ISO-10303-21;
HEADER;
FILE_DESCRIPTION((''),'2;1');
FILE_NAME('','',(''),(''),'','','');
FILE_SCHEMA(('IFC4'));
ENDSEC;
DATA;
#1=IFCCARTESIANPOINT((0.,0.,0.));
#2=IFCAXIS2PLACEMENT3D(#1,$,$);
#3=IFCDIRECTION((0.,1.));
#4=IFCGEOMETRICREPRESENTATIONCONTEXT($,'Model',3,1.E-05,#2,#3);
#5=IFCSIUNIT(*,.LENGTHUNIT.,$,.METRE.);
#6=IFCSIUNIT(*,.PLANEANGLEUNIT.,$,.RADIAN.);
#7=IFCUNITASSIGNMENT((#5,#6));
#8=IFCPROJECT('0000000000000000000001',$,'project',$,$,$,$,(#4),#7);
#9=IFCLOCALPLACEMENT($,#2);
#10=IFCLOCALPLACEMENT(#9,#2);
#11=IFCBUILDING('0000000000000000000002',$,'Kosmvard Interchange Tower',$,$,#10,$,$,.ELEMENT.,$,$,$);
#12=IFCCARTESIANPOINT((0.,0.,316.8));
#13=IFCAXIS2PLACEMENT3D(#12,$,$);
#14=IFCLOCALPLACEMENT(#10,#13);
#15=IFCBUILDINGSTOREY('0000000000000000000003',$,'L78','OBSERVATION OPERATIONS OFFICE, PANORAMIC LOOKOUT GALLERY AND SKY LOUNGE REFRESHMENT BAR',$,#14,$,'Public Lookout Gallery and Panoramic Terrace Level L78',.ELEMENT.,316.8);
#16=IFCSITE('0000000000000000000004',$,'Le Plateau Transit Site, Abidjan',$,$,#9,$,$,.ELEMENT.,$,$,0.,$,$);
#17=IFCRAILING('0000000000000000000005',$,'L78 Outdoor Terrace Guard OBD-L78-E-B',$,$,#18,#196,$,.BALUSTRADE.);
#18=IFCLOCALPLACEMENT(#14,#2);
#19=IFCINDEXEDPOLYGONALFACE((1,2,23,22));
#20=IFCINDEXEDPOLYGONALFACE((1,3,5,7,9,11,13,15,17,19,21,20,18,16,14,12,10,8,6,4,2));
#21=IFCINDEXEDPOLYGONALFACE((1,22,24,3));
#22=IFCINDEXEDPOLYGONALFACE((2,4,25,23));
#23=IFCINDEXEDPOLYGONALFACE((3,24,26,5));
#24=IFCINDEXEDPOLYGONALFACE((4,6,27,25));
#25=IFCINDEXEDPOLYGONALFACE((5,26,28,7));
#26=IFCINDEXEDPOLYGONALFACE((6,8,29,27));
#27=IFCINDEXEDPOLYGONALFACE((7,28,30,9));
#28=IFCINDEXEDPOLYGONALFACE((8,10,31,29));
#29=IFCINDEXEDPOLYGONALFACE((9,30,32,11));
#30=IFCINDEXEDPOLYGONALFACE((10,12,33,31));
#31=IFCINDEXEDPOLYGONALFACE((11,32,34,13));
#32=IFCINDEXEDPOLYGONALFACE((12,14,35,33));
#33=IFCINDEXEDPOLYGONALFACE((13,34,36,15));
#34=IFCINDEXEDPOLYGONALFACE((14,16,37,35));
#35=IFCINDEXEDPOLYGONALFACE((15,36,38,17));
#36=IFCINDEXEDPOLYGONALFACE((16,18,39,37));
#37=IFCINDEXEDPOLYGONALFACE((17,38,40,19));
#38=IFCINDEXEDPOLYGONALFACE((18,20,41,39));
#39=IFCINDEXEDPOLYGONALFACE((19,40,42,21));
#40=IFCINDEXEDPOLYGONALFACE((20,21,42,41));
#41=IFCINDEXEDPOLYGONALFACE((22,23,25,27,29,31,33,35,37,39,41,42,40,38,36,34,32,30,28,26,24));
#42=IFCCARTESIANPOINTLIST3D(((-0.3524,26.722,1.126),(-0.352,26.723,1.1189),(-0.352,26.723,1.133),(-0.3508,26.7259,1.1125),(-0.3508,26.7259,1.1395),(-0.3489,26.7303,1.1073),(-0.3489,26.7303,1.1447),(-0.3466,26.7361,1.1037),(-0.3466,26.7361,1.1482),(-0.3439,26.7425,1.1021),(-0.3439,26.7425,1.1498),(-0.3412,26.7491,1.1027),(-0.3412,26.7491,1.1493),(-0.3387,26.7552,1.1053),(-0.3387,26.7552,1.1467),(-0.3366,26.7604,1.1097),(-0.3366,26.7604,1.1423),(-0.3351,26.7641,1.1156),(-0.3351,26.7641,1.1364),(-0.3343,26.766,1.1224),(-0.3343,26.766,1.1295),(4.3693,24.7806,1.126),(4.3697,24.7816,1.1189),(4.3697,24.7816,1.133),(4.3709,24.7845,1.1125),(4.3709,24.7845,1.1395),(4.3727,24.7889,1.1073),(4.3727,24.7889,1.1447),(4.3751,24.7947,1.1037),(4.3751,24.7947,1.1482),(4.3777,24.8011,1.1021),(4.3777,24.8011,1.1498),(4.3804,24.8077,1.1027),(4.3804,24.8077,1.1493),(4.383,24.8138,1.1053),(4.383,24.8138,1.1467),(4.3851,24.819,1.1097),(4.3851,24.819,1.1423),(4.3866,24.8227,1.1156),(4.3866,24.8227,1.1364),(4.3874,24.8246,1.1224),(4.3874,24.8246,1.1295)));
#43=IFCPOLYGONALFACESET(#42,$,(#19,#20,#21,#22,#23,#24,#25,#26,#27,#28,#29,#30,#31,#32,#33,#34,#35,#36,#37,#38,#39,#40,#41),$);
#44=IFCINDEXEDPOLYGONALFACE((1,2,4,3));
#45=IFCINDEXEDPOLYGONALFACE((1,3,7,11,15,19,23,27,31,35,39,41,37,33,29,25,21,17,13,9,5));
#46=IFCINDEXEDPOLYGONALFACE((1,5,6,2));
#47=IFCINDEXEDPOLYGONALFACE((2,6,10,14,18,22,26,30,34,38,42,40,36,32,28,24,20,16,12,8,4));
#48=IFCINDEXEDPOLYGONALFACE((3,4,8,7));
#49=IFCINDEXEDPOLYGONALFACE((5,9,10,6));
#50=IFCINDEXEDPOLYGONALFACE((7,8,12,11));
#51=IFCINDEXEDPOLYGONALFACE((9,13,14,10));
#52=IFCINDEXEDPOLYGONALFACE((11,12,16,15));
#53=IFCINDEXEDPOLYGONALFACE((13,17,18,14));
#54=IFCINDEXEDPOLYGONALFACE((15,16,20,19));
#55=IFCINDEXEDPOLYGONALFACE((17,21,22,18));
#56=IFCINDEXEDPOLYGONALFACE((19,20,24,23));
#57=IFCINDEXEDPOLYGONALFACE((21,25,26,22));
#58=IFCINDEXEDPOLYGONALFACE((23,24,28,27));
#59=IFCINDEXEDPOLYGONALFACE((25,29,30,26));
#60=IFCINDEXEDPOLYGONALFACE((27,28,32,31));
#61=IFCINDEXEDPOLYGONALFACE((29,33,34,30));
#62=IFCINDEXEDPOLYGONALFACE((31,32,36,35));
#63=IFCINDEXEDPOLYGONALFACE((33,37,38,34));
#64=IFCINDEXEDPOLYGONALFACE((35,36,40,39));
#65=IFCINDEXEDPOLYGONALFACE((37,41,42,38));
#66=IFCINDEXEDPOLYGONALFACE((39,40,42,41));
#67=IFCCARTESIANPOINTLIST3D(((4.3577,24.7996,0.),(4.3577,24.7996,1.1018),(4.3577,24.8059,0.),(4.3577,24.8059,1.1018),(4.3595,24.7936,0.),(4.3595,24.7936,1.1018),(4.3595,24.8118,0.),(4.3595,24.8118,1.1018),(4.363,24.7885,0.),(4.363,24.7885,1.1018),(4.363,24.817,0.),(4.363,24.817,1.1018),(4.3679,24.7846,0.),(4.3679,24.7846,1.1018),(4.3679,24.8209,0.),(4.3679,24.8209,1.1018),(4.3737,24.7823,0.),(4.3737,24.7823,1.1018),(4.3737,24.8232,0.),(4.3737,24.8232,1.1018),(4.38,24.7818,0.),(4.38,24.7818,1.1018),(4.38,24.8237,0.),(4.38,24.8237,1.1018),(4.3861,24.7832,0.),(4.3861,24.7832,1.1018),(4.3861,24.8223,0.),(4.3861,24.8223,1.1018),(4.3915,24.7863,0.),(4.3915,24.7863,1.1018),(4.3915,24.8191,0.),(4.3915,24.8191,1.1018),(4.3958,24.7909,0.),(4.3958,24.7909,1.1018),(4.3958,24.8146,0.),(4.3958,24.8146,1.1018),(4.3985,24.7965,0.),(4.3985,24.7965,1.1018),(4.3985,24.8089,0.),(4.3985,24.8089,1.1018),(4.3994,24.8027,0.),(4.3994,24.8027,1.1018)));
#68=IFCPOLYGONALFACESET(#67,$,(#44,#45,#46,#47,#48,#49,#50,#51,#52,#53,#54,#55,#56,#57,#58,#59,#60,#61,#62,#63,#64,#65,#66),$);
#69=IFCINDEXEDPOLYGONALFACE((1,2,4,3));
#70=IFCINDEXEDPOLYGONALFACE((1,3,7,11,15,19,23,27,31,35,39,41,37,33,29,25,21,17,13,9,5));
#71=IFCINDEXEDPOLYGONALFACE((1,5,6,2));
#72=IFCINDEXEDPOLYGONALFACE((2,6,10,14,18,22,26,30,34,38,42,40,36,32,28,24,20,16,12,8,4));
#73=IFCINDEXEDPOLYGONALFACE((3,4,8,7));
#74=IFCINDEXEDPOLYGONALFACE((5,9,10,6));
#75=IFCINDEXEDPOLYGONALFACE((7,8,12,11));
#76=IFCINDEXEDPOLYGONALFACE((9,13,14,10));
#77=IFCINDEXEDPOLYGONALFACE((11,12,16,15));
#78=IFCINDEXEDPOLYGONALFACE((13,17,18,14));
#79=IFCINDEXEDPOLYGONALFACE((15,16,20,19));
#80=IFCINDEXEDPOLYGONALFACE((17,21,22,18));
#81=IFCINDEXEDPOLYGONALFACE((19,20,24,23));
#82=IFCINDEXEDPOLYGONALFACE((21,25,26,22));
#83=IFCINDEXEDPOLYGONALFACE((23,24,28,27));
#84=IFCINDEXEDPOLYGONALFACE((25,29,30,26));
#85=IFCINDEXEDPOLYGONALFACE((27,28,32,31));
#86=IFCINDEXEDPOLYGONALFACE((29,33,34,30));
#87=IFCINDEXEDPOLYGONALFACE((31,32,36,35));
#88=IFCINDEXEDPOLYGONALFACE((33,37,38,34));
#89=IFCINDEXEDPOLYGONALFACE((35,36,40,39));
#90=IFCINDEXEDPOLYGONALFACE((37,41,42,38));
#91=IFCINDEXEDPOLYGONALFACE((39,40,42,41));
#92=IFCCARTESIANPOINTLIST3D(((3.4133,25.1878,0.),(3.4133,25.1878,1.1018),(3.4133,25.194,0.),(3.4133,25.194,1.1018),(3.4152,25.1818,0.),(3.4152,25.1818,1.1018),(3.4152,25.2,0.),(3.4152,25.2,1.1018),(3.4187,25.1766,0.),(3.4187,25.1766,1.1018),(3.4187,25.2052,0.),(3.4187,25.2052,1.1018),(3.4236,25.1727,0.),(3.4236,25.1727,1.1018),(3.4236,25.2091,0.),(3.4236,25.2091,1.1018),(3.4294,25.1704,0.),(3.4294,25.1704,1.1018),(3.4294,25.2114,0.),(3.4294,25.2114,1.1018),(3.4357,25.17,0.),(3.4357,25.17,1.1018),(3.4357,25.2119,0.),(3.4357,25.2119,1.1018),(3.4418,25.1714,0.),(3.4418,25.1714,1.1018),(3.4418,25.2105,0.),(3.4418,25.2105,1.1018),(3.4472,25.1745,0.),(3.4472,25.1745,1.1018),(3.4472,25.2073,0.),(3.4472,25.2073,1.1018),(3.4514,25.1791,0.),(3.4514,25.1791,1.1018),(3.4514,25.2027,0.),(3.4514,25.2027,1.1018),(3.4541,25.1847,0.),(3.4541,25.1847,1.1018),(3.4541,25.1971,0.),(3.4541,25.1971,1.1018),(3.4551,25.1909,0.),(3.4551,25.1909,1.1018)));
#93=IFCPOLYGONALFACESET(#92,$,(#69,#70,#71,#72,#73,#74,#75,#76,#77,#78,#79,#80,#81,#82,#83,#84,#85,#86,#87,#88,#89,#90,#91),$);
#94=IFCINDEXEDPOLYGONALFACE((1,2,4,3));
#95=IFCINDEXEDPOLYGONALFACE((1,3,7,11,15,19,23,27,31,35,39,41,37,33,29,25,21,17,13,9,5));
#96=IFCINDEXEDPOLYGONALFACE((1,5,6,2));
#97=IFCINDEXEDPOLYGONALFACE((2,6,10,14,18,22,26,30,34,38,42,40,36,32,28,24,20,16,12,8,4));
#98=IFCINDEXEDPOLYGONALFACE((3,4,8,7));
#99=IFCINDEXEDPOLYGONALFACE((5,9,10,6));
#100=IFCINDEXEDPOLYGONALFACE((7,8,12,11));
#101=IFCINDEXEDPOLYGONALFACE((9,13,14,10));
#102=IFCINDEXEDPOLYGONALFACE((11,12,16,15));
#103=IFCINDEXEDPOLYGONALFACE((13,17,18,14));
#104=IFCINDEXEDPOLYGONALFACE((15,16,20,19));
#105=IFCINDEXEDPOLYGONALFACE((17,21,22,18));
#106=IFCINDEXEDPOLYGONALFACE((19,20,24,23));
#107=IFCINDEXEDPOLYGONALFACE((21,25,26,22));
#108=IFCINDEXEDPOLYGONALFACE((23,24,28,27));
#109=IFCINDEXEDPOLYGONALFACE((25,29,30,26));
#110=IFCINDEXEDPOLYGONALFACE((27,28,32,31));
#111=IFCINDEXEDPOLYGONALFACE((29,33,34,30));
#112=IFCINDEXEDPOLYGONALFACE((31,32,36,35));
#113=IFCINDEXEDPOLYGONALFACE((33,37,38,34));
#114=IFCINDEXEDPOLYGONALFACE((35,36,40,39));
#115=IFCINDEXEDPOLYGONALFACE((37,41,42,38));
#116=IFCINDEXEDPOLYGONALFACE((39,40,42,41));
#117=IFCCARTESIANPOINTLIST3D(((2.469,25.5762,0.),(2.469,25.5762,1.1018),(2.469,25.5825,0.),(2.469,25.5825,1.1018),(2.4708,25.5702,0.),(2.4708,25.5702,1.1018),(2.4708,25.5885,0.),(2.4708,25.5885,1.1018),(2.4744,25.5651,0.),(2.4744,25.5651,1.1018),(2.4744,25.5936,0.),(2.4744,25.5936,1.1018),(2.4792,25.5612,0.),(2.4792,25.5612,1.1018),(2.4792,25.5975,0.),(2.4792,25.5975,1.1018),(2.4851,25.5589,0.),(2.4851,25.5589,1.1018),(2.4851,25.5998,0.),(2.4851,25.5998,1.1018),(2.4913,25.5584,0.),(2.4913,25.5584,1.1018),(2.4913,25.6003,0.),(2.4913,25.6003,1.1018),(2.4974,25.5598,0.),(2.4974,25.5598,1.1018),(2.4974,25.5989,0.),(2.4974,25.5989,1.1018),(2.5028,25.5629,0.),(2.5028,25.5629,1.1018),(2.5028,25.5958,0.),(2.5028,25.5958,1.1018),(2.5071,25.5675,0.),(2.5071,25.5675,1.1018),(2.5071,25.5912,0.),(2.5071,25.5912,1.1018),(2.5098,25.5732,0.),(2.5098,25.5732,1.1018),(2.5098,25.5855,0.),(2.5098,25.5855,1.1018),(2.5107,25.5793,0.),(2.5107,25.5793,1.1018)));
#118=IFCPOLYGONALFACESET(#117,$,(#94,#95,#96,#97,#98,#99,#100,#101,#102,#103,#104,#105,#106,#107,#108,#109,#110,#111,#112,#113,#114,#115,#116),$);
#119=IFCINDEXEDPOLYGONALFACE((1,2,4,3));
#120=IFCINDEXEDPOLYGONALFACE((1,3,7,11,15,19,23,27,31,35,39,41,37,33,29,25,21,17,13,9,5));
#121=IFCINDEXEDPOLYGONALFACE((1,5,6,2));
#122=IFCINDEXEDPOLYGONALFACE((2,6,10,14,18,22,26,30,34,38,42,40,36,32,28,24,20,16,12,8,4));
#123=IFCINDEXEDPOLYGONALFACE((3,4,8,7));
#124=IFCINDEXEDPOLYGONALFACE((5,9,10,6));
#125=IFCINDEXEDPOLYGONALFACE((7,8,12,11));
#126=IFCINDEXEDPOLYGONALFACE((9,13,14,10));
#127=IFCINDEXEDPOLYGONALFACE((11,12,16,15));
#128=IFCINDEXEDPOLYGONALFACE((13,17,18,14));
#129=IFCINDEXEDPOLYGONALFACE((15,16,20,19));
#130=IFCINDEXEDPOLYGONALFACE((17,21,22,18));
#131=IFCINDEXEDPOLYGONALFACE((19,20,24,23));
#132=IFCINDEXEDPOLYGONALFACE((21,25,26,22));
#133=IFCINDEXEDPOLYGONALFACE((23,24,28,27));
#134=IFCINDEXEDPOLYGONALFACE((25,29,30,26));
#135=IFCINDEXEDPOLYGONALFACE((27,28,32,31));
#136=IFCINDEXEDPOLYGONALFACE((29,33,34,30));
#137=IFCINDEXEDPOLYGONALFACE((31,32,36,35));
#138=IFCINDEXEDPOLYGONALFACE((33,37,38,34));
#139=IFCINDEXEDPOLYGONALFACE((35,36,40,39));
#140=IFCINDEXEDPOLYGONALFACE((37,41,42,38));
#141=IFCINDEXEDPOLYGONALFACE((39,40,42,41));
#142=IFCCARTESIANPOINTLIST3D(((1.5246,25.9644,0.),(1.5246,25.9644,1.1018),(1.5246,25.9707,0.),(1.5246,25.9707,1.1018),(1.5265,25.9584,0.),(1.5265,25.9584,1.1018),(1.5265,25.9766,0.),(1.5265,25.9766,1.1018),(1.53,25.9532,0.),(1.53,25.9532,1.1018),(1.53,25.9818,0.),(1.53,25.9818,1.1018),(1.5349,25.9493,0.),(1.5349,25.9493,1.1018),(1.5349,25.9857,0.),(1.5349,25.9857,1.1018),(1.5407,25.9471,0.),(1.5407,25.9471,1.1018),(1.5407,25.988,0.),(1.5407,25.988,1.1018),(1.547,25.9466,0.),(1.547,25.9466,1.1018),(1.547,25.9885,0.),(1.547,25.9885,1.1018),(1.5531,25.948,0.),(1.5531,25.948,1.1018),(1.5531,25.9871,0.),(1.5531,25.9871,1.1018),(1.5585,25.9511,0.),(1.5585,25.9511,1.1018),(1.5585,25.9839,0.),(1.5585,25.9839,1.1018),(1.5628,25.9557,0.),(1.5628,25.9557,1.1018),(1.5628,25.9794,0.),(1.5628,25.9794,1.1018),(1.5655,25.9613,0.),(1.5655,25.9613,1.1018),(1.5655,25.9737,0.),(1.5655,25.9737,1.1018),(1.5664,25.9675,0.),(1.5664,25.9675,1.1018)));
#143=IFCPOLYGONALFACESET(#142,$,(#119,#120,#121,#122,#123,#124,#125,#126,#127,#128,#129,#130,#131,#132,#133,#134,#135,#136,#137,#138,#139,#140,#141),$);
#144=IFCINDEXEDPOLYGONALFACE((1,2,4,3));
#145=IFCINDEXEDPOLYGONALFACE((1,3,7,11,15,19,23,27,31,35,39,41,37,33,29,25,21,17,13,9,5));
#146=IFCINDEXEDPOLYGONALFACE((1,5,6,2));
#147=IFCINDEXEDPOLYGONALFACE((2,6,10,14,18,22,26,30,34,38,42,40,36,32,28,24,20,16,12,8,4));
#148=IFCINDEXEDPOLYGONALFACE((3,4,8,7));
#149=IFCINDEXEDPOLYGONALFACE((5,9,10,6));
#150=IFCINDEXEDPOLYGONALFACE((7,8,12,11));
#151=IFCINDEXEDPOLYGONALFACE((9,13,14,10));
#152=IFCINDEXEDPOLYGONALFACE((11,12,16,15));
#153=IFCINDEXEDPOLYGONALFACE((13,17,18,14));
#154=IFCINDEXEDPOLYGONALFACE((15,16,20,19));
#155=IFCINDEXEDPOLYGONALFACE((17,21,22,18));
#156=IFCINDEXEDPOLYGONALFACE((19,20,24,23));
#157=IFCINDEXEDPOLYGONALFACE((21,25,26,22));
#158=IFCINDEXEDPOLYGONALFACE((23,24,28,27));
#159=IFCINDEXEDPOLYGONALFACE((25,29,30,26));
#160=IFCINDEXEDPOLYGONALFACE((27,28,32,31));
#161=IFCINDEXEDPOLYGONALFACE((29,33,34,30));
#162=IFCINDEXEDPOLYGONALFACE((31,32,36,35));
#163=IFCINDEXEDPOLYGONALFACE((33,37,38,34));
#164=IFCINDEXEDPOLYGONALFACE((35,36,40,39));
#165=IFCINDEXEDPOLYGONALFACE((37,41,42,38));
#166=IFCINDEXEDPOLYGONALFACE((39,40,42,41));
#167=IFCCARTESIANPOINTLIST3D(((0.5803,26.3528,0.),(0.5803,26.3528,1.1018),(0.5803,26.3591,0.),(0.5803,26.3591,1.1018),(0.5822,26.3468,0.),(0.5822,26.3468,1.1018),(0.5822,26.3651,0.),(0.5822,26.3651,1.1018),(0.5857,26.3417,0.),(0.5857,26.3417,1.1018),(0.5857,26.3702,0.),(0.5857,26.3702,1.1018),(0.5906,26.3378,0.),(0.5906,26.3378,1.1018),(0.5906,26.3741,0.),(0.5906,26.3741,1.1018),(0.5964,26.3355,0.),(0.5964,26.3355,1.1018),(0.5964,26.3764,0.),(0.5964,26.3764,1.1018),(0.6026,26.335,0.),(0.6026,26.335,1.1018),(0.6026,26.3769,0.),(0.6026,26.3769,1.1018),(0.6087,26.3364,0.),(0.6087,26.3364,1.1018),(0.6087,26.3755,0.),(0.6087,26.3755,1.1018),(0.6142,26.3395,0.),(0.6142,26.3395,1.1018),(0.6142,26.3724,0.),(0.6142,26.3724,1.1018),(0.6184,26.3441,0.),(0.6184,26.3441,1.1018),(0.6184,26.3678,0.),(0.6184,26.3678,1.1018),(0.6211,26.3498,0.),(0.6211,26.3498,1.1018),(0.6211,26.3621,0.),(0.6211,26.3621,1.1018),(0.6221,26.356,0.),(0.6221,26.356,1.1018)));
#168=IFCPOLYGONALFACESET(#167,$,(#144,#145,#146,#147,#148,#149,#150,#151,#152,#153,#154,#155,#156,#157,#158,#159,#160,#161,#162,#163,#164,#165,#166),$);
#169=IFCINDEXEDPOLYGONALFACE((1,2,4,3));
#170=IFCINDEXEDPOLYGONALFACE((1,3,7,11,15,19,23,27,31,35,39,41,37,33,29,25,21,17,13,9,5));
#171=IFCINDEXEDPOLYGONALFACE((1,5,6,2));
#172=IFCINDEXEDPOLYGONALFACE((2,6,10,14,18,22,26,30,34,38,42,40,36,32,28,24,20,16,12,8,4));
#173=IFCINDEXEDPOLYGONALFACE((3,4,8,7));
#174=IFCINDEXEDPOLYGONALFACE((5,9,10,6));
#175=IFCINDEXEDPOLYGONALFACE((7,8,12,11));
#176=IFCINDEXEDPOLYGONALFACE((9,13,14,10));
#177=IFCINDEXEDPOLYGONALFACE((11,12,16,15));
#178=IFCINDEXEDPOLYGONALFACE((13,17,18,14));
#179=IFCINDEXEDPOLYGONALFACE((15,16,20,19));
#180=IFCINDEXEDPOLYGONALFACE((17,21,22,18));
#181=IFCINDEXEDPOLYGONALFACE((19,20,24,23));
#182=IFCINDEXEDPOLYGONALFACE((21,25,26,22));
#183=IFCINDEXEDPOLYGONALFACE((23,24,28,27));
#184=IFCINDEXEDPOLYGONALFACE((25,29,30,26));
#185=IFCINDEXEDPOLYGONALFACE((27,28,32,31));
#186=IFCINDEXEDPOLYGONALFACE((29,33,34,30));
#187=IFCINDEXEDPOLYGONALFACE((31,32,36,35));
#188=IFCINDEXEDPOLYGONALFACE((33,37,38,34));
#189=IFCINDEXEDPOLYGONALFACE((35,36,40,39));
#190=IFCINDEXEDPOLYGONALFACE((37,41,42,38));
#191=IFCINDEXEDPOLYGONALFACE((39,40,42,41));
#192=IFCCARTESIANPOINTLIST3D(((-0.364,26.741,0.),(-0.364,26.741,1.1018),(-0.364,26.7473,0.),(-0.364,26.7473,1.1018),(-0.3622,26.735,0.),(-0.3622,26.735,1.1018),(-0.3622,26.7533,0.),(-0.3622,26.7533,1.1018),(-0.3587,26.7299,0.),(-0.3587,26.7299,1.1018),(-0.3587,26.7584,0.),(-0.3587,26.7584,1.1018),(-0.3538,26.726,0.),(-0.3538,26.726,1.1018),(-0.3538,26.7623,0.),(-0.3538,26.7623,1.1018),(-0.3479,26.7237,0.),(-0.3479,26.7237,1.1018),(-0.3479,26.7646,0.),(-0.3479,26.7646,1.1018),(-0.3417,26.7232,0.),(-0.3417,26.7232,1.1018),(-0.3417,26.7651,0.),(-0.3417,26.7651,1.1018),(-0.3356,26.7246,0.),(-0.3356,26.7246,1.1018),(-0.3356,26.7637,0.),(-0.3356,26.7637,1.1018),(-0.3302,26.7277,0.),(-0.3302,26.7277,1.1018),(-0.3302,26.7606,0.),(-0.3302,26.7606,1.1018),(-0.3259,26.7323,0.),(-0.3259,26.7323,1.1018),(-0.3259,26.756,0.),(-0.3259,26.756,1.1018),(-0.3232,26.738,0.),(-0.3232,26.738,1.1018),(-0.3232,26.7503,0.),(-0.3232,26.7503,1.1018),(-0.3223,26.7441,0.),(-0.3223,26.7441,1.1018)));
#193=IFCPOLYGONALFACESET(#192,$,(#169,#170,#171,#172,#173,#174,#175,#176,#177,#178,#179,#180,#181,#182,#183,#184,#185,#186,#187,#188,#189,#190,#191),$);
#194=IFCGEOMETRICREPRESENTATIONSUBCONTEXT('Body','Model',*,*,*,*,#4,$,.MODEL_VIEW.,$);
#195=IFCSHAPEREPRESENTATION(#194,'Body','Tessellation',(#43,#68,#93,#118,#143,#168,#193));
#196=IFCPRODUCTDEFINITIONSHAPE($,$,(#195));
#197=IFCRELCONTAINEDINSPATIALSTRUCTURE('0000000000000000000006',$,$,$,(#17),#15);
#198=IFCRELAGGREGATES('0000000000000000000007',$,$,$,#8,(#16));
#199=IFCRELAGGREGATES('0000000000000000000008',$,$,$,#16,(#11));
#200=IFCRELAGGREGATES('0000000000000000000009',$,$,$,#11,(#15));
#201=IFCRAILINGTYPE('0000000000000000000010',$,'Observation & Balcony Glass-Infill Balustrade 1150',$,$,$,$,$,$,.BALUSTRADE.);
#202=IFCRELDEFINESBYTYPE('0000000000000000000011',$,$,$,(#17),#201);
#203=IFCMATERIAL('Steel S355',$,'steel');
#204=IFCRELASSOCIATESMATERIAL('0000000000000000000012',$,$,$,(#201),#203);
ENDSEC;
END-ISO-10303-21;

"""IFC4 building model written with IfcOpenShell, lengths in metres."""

from ifc_helpers import new_model, si_unit, direction, frame, origin, origin_2d, place, context, subcontext, project, spatial, circle, extrude, source, transform, mapped, material, type_object, element, save


model = new_model("IFC4")

# Units and contexts
model_context = context("Model", 3, precision=1e-05, world=origin(), true_north=direction((0.0, 1.0)))
body_context = subcontext(model_context, "Body", "Model", "MODEL_VIEW")
ifc_project = project(units=[si_unit("LENGTHUNIT", "METRE"), si_unit("PLANEANGLEUNIT", "RADIAN")], contexts=[model_context])

# Site, building, storey
site_placement = place(None, origin())
site = spatial("IfcSite", under=ifc_project, at=site_placement, Name="Le Plateau Transit Site, Abidjan", CompositionType="ELEMENT", RefElevation=0.0)
building_placement = place(site_placement, origin())
building = spatial("IfcBuilding", under=site, at=building_placement, Name="Kosmvard Interchange Tower", CompositionType="ELEMENT")
storey_placement = place(building_placement, frame((0.0, 0.0, 316.8)))
storey = spatial("IfcBuildingStorey", under=building, at=storey_placement, Name="L78", Description="OBSERVATION OPERATIONS OFFICE, PANORAMIC LOOKOUT GALLERY AND SKY LOUNGE REFRESHMENT BAR", LongName="Public Lookout Gallery and Panoramic Terrace Level L78", CompositionType="ELEMENT", Elevation=316.8)

# Shared definitions
ifc_material_1 = material(Name="Steel S355", Category="steel")

# Railing
railing_type_1 = type_object("IfcRailingType", Name="Observation & Balcony Glass-Infill Balustrade 1150", PredefinedType="BALUSTRADE", material=ifc_material_1)
shared_shape_1 = source(origin(), body_context, "Body", "SweptSolid", [
    extrude(circle(Radius=0.0239, at=origin_2d()), frame((0.0, 0.0, 1.126), z_axis=(-0.924872, 0.380278, 0.0), x_axis=(-0.380278, -0.924872, 0.0)), (0.0, 0.0, 1.0), 5.1052),
    extrude(circle(Radius=0.021, at=origin_2d()), origin(), (0.0, 0.0, 1.0), 1.1018),
    extrude(circle(Radius=0.021, at=origin_2d()), frame((-0.9443, 0.3882, 0.0)), (0.0, 0.0, 1.0), 1.1018),
    extrude(circle(Radius=0.021, at=origin_2d()), frame((-1.8887, 0.7766, 0.0)), (0.0, 0.0, 1.0), 1.1018),
    extrude(circle(Radius=0.021, at=origin_2d()), frame((-2.833, 1.1648, 0.0)), (0.0, 0.0, 1.0), 1.1018),
    extrude(circle(Radius=0.021, at=origin_2d()), frame((-3.7773, 1.5532, 0.0)), (0.0, 0.0, 1.0), 1.1018),
    extrude(circle(Radius=0.021, at=origin_2d()), frame((-4.7217, 1.9414, 0.0)), (0.0, 0.0, 1.0), 1.1018),
])
railing_1_placement = place(storey_placement, frame((4.3784, 24.8027, 0.0)))
element("IfcRailing", 1, at=railing_1_placement, inside=storey, type_object=railing_type_1, Name="L78 Outdoor Terrace Guard OBD-L78-E-B", PredefinedType="BALUSTRADE", context=body_context, shape_type="MappedRepresentation", body=[
    mapped(shared_shape_1, transform((0.0, 0.0, 0.0), scale=1.0)),
])

save(model, "model.ifc")
